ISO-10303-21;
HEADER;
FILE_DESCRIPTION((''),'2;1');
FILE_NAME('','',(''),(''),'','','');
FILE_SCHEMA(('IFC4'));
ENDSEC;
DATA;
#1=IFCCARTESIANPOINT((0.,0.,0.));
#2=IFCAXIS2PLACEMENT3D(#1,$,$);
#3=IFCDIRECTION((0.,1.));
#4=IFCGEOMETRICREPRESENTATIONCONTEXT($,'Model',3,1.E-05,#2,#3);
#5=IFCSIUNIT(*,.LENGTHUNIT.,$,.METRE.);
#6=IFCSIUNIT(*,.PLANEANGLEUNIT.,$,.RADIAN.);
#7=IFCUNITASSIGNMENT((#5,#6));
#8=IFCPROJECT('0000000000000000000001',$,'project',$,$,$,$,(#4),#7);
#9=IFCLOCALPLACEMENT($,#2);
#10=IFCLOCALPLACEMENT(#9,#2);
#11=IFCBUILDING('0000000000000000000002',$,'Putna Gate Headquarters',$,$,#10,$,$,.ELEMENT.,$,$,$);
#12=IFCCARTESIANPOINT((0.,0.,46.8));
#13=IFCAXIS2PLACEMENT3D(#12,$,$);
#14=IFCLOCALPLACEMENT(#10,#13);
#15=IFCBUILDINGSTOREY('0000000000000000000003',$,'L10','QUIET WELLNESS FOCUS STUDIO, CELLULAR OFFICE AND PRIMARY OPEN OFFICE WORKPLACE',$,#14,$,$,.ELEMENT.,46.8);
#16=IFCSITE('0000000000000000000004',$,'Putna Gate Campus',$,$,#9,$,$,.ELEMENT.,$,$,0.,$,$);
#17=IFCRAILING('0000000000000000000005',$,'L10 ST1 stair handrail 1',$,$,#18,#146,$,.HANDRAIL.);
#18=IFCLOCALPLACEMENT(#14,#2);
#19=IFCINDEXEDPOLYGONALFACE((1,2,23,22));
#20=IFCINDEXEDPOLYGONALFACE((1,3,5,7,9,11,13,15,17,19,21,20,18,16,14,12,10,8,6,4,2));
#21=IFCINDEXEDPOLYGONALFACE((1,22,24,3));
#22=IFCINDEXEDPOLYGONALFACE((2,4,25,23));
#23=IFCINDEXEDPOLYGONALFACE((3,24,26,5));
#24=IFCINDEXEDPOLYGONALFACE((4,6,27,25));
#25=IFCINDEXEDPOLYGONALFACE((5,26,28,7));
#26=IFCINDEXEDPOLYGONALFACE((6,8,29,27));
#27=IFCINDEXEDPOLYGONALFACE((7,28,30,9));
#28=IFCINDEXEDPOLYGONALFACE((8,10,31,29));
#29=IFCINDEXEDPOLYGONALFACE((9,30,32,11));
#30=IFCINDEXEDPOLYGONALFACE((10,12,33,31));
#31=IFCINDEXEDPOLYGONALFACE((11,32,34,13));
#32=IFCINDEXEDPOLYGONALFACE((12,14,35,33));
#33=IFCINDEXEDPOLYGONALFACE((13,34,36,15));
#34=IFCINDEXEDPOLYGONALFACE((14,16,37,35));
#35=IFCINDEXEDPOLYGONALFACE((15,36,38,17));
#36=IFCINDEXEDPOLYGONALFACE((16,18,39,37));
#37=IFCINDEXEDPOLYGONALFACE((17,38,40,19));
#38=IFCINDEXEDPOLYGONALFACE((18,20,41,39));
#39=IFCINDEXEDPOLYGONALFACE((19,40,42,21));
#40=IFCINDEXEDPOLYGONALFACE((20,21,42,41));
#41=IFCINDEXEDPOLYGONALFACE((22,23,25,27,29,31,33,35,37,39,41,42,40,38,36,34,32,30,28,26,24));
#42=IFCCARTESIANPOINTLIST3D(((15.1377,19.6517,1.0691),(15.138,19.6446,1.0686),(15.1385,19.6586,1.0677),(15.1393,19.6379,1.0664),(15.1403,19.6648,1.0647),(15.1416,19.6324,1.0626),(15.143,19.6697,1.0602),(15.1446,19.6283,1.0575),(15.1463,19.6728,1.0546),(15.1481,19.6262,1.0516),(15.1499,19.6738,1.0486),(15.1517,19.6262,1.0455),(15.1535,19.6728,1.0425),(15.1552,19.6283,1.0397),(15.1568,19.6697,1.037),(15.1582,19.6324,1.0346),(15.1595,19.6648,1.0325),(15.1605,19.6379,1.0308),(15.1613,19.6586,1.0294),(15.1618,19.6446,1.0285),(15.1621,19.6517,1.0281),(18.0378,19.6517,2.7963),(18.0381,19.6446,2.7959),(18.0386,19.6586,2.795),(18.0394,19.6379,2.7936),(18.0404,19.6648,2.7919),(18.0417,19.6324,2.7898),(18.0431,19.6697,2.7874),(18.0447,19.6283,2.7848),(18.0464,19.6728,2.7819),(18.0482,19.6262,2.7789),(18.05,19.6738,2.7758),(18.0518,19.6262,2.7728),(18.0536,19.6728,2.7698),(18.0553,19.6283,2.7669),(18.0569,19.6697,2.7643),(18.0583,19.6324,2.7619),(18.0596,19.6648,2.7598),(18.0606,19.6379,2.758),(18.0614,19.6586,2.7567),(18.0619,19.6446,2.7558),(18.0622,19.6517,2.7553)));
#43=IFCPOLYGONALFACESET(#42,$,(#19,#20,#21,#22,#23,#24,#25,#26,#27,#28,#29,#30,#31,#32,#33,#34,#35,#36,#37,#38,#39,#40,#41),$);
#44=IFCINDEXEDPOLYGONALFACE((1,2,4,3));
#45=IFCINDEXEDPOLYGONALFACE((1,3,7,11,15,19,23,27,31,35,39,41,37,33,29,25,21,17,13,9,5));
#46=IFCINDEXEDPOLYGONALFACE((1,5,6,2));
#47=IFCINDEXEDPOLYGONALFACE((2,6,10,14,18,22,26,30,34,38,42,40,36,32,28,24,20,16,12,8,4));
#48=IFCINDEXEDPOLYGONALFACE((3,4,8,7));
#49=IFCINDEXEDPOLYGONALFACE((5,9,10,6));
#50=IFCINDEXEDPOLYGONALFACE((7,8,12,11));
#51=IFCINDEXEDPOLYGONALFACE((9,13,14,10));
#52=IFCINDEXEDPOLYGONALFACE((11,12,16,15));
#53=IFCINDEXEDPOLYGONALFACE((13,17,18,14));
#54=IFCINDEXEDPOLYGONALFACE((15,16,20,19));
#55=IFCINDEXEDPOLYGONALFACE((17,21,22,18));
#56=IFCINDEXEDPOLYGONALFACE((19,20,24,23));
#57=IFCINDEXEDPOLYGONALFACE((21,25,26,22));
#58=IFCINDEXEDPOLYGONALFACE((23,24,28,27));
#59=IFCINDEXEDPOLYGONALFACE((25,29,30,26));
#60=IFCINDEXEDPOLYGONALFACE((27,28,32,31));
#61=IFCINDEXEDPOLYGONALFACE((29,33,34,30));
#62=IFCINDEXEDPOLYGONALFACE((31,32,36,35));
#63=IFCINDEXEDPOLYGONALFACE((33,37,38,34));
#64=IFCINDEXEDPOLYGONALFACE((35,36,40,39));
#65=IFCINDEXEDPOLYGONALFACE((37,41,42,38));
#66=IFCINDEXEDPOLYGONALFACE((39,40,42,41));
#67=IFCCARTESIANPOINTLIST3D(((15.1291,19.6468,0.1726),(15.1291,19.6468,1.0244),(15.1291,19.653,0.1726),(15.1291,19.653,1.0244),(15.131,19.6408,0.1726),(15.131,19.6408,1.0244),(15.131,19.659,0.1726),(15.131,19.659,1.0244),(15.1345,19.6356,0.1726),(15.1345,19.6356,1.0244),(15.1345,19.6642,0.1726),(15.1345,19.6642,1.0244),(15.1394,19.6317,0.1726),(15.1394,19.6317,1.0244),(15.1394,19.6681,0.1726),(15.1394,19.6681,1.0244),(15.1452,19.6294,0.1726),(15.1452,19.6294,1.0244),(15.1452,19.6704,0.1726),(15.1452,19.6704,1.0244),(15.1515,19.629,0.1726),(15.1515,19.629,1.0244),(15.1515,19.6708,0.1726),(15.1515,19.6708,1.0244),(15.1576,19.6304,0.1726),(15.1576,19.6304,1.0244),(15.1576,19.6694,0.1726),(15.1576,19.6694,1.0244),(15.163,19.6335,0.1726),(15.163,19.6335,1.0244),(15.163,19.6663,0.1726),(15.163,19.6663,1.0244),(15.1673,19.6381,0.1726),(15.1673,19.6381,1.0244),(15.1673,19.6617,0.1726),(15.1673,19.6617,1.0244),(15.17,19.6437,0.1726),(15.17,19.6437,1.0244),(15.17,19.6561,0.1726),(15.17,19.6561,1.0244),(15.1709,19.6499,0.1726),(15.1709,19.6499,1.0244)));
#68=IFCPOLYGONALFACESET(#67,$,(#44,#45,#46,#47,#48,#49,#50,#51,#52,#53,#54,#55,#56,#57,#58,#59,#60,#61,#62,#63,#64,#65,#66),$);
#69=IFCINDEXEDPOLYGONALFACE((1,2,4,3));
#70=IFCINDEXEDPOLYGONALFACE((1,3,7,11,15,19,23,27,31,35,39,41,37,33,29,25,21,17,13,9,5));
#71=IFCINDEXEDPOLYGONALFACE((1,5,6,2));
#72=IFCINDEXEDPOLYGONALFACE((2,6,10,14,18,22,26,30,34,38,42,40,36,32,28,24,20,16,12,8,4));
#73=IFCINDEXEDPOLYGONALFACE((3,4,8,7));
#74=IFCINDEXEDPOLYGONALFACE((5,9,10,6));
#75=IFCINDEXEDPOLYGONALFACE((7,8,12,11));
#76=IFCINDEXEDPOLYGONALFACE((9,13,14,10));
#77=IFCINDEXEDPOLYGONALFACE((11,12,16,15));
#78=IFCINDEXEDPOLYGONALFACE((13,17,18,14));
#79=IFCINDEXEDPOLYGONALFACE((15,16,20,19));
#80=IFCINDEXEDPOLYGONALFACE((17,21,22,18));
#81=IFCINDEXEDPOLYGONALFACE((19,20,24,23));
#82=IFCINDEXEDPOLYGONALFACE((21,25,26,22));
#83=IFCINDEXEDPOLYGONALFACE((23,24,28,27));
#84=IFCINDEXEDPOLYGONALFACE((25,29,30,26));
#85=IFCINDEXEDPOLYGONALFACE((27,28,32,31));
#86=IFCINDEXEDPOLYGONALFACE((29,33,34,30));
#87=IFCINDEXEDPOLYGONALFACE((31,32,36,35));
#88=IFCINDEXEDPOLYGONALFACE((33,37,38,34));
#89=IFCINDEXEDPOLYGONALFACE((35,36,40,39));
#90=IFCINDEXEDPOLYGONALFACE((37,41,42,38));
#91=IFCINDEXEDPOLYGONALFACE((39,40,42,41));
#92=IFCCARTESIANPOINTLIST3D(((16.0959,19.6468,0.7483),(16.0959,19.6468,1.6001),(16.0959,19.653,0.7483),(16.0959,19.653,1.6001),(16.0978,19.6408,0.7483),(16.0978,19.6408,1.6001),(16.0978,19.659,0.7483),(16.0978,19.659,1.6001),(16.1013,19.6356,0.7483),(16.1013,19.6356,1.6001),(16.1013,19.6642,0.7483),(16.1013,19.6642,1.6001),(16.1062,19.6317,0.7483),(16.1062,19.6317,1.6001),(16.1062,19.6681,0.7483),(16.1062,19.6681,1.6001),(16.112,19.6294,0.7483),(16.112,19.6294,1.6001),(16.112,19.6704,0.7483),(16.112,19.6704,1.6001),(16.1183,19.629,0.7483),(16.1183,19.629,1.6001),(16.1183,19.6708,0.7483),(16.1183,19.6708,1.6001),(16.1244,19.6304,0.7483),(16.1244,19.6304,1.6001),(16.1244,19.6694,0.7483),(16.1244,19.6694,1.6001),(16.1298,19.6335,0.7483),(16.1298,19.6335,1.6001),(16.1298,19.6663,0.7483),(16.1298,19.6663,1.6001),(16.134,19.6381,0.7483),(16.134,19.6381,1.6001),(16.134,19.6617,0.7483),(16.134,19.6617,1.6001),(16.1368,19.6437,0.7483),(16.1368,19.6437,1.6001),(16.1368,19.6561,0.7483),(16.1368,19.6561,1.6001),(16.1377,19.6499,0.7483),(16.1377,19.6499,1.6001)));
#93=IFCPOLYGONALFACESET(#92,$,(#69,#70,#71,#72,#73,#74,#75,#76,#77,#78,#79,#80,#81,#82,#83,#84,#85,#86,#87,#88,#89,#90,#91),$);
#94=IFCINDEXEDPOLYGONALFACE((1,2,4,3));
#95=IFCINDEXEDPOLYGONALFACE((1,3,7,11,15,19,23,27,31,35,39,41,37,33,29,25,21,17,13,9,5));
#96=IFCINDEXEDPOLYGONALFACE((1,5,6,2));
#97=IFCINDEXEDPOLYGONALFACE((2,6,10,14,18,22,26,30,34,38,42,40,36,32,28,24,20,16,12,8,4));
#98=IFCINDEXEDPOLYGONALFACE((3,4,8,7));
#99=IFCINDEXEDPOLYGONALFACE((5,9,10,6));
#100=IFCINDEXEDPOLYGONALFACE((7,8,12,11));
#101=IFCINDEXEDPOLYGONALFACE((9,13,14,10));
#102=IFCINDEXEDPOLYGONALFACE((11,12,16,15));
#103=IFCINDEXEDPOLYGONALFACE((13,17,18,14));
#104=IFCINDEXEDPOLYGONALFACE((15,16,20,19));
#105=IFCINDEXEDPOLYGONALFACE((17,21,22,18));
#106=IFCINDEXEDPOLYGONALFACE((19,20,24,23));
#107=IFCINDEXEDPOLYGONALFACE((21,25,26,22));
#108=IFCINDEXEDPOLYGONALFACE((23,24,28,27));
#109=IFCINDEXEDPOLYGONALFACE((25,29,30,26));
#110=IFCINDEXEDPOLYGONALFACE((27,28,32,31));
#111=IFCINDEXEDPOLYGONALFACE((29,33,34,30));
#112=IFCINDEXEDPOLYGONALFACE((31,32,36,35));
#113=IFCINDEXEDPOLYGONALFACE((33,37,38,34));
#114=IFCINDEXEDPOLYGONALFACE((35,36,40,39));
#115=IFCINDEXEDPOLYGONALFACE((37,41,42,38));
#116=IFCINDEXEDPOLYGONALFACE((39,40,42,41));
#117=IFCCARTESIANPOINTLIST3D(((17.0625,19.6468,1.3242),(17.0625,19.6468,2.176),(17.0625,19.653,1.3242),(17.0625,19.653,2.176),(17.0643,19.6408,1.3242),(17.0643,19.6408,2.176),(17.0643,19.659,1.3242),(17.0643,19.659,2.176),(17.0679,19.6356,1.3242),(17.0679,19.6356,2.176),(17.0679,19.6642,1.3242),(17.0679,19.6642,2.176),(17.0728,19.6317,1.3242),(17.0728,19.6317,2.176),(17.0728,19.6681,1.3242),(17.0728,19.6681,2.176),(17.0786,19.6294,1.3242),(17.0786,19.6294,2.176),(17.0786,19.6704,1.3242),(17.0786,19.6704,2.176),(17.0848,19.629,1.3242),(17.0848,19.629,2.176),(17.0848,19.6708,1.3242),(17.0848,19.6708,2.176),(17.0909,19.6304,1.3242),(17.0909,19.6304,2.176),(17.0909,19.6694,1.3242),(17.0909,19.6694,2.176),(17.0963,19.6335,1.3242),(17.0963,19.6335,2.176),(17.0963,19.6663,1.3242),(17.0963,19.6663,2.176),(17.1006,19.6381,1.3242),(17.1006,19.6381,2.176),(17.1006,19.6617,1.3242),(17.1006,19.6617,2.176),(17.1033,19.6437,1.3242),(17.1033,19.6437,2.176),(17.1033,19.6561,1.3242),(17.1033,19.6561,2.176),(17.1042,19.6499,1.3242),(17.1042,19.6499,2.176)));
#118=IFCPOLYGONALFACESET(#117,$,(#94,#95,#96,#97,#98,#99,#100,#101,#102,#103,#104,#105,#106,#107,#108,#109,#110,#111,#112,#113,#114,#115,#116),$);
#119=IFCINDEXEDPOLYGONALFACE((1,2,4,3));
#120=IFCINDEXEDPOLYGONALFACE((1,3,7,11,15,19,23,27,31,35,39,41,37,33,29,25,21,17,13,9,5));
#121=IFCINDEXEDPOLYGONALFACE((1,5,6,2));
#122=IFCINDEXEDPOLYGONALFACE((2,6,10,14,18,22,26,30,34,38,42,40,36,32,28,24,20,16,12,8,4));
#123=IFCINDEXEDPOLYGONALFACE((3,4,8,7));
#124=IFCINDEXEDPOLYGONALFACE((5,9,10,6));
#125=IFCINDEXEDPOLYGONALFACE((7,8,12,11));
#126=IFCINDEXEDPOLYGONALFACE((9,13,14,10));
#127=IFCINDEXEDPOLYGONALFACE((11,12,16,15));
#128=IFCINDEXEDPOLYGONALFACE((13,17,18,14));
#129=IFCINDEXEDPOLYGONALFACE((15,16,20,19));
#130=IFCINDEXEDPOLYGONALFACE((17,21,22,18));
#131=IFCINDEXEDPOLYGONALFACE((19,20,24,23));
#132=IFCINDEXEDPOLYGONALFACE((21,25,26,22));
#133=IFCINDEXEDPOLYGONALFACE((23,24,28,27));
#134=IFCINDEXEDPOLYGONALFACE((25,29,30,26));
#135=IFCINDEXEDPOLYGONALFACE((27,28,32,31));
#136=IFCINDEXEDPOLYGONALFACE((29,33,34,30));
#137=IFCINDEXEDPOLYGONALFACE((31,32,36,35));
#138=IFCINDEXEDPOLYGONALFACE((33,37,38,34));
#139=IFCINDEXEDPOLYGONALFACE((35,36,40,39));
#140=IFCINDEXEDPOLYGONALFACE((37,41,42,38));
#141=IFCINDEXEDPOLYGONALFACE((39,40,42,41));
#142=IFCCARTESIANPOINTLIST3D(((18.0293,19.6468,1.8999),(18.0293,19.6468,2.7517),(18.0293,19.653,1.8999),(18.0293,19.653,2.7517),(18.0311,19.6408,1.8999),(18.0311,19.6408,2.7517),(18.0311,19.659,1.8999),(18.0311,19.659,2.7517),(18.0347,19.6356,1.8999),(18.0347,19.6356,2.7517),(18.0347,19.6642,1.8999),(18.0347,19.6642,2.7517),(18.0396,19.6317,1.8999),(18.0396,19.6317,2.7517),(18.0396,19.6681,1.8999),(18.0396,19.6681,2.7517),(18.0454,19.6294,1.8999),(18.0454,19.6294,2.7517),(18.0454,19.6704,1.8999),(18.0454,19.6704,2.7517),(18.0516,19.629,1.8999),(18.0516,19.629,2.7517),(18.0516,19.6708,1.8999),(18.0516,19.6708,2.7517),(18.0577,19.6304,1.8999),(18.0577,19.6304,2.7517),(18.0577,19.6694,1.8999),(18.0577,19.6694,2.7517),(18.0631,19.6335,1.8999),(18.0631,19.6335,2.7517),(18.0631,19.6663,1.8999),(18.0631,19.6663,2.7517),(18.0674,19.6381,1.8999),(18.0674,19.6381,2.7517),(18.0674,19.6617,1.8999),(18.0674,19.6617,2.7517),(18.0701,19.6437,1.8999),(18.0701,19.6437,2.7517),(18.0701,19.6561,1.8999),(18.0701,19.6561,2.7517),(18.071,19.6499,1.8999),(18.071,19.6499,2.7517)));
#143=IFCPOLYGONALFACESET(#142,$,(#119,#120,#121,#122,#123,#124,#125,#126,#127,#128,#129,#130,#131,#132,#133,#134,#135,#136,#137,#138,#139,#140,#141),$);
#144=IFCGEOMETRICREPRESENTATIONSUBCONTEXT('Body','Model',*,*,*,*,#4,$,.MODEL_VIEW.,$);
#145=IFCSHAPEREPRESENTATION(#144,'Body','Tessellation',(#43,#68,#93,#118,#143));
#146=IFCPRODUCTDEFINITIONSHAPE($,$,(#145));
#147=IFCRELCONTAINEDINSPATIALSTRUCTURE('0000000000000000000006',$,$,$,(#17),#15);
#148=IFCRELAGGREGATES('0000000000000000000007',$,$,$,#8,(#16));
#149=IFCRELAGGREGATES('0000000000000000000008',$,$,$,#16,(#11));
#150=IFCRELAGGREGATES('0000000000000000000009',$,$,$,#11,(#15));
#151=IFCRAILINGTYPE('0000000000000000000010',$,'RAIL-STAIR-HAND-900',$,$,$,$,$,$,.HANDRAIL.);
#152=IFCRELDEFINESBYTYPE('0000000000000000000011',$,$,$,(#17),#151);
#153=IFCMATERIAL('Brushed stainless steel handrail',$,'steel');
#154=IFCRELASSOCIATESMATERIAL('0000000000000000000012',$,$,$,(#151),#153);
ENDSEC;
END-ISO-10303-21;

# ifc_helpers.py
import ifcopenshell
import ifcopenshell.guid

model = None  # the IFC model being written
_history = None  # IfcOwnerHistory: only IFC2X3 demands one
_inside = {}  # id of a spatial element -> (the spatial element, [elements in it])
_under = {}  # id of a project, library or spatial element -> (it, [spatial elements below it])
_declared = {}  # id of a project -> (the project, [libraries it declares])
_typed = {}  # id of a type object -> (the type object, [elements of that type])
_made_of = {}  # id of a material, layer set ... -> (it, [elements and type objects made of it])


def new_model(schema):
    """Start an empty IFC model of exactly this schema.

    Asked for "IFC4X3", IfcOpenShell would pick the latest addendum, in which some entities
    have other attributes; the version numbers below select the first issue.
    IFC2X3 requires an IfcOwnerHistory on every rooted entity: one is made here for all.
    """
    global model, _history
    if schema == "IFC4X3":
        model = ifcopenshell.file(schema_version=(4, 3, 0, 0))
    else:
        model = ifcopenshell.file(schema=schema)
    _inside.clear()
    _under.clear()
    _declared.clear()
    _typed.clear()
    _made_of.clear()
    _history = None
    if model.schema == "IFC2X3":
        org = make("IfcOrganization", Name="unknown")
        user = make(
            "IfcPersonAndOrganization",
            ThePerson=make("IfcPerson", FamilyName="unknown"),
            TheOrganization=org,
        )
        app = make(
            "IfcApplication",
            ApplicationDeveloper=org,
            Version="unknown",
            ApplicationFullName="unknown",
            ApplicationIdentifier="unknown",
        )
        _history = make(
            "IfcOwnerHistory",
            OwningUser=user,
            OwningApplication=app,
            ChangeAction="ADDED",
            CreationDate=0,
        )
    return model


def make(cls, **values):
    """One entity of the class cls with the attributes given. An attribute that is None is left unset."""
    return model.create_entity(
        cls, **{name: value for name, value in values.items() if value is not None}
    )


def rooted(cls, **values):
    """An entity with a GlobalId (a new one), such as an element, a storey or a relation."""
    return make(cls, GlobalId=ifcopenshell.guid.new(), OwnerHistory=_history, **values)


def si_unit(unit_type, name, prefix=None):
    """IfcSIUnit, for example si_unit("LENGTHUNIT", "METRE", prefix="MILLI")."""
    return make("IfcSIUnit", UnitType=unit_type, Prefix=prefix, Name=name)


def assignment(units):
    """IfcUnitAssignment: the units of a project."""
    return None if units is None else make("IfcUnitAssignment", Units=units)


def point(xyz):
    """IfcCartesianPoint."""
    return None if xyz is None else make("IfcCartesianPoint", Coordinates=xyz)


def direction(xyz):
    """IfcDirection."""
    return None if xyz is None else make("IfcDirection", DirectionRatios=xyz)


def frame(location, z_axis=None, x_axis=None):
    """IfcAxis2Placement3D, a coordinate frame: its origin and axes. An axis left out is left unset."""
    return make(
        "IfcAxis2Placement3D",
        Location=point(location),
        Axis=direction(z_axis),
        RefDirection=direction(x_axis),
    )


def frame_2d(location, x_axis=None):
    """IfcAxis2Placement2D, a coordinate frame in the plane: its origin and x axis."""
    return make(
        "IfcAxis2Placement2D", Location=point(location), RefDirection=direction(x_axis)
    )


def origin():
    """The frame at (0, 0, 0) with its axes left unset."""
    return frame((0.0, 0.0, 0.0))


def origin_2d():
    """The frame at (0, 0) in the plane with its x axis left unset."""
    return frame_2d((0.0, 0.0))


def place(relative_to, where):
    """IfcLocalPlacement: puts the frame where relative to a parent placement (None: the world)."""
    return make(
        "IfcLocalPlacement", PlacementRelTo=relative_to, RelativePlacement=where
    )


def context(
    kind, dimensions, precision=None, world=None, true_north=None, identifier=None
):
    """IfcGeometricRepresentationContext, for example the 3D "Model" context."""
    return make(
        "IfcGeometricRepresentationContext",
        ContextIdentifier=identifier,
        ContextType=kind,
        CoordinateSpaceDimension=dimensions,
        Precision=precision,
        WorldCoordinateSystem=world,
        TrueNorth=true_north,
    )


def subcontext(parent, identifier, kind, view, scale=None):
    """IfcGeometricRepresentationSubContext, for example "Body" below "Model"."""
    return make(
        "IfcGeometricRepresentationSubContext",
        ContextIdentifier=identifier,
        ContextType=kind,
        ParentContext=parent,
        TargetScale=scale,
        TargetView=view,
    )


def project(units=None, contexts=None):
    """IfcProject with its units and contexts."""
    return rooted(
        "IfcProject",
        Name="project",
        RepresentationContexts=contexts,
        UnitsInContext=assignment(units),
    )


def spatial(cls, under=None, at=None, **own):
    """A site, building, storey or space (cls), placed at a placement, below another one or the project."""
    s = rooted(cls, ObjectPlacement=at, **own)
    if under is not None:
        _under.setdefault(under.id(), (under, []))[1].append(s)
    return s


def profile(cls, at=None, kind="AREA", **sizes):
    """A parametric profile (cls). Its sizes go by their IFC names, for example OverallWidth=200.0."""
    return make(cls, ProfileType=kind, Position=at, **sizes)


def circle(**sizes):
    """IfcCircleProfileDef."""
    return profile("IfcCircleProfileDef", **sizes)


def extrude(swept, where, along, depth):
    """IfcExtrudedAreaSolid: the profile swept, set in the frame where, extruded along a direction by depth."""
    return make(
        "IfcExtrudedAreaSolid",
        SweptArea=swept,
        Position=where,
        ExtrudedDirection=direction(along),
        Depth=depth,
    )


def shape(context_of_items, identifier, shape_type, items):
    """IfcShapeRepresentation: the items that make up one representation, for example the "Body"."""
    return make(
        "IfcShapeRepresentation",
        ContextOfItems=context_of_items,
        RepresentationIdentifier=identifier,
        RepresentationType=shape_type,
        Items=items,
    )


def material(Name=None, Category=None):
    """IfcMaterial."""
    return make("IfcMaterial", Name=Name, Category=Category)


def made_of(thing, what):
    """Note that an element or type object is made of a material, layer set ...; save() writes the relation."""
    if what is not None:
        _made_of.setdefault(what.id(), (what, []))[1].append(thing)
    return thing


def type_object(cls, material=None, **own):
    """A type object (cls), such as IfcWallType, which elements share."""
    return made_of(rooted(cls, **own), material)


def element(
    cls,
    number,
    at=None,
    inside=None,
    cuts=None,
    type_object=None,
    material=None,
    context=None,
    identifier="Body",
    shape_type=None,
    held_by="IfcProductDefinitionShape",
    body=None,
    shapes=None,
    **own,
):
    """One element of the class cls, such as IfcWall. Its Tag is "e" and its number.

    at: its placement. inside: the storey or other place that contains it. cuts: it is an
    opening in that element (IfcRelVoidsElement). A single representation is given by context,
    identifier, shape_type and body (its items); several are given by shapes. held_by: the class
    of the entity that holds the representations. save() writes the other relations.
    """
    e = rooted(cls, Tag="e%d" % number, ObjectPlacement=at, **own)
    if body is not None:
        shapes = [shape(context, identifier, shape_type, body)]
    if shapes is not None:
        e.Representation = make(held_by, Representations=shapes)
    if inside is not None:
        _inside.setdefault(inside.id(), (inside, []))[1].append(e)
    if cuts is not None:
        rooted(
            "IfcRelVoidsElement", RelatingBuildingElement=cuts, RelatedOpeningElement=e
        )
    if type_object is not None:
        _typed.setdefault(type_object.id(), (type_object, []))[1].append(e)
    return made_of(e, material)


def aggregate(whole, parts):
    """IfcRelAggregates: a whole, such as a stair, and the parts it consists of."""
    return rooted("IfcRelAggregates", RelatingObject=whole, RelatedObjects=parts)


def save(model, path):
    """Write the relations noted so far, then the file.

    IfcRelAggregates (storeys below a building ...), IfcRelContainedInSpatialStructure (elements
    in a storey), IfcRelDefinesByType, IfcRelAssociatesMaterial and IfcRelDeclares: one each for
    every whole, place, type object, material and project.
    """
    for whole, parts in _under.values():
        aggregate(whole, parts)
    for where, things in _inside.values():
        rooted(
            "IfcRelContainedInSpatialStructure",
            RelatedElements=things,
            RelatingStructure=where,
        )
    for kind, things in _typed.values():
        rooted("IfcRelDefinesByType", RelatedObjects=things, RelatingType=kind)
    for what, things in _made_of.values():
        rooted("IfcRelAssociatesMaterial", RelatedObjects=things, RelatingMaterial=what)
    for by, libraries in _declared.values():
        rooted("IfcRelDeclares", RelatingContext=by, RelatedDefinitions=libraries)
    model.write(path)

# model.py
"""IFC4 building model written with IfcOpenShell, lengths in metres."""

from ifc_helpers import new_model, si_unit, direction, frame, origin, origin_2d, place, context, subcontext, project, spatial, circle, extrude, material, type_object, element, save


model = new_model("IFC4")

# Units and contexts
model_context = context("Model", 3, precision=1e-05, world=origin(), true_north=direction((0.0, 1.0)))
body_context = subcontext(model_context, "Body", "Model", "MODEL_VIEW")
ifc_project = project(units=[si_unit("LENGTHUNIT", "METRE"), si_unit("PLANEANGLEUNIT", "RADIAN")], contexts=[model_context])

# Site, building, storey
site_placement = place(None, origin())
site = spatial("IfcSite", under=ifc_project, at=site_placement, Name="Putna Gate Campus", CompositionType="ELEMENT", RefElevation=0.0)
building_placement = place(site_placement, origin())
building = spatial("IfcBuilding", under=site, at=building_placement, Name="Putna Gate Headquarters", CompositionType="ELEMENT")
storey_placement = place(building_placement, frame((0.0, 0.0, 46.8)))
storey = spatial("IfcBuildingStorey", under=building, at=storey_placement, Name="L10", Description="QUIET WELLNESS FOCUS STUDIO, CELLULAR OFFICE AND PRIMARY OPEN OFFICE WORKPLACE", CompositionType="ELEMENT", Elevation=46.8)

# Railing
ifc_material_1 = material(Name="Brushed stainless steel handrail", Category="steel")
railing_type_1 = type_object("IfcRailingType", Name="RAIL-STAIR-HAND-900", PredefinedType="HANDRAIL", material=ifc_material_1)
railing_1_placement = place(storey_placement, frame((15.1499, 19.6499, 0.1726)))
element("IfcRailing", 1, at=railing_1_placement, inside=storey, type_object=railing_type_1, Name="L10 ST1 stair handrail 1", PredefinedType="HANDRAIL", context=body_context, shape_type="SweptSolid", body=[
    extrude(circle(Radius=0.0239, at=origin_2d()), frame((0.0, 0.0, 0.876), z_axis=(0.85916, 0.0, 0.511706), x_axis=(0.0, 1.0, 0.0)), (0.0, 0.0, 1.0), 3.3755),
    extrude(circle(Radius=0.021, at=origin_2d()), origin(), (0.0, 0.0, 1.0), 0.8518),
    extrude(circle(Radius=0.021, at=origin_2d()), frame((0.9668, 0.0, 0.5757)), (0.0, 0.0, 1.0), 0.8518),
    extrude(circle(Radius=0.021, at=origin_2d()), frame((1.9333, 0.0, 1.1516)), (0.0, 0.0, 1.0), 0.8518),
    extrude(circle(Radius=0.021, at=origin_2d()), frame((2.9001, 0.0, 1.7273)), (0.0, 0.0, 1.0), 0.8518),
])

save(model, "model.ifc")
